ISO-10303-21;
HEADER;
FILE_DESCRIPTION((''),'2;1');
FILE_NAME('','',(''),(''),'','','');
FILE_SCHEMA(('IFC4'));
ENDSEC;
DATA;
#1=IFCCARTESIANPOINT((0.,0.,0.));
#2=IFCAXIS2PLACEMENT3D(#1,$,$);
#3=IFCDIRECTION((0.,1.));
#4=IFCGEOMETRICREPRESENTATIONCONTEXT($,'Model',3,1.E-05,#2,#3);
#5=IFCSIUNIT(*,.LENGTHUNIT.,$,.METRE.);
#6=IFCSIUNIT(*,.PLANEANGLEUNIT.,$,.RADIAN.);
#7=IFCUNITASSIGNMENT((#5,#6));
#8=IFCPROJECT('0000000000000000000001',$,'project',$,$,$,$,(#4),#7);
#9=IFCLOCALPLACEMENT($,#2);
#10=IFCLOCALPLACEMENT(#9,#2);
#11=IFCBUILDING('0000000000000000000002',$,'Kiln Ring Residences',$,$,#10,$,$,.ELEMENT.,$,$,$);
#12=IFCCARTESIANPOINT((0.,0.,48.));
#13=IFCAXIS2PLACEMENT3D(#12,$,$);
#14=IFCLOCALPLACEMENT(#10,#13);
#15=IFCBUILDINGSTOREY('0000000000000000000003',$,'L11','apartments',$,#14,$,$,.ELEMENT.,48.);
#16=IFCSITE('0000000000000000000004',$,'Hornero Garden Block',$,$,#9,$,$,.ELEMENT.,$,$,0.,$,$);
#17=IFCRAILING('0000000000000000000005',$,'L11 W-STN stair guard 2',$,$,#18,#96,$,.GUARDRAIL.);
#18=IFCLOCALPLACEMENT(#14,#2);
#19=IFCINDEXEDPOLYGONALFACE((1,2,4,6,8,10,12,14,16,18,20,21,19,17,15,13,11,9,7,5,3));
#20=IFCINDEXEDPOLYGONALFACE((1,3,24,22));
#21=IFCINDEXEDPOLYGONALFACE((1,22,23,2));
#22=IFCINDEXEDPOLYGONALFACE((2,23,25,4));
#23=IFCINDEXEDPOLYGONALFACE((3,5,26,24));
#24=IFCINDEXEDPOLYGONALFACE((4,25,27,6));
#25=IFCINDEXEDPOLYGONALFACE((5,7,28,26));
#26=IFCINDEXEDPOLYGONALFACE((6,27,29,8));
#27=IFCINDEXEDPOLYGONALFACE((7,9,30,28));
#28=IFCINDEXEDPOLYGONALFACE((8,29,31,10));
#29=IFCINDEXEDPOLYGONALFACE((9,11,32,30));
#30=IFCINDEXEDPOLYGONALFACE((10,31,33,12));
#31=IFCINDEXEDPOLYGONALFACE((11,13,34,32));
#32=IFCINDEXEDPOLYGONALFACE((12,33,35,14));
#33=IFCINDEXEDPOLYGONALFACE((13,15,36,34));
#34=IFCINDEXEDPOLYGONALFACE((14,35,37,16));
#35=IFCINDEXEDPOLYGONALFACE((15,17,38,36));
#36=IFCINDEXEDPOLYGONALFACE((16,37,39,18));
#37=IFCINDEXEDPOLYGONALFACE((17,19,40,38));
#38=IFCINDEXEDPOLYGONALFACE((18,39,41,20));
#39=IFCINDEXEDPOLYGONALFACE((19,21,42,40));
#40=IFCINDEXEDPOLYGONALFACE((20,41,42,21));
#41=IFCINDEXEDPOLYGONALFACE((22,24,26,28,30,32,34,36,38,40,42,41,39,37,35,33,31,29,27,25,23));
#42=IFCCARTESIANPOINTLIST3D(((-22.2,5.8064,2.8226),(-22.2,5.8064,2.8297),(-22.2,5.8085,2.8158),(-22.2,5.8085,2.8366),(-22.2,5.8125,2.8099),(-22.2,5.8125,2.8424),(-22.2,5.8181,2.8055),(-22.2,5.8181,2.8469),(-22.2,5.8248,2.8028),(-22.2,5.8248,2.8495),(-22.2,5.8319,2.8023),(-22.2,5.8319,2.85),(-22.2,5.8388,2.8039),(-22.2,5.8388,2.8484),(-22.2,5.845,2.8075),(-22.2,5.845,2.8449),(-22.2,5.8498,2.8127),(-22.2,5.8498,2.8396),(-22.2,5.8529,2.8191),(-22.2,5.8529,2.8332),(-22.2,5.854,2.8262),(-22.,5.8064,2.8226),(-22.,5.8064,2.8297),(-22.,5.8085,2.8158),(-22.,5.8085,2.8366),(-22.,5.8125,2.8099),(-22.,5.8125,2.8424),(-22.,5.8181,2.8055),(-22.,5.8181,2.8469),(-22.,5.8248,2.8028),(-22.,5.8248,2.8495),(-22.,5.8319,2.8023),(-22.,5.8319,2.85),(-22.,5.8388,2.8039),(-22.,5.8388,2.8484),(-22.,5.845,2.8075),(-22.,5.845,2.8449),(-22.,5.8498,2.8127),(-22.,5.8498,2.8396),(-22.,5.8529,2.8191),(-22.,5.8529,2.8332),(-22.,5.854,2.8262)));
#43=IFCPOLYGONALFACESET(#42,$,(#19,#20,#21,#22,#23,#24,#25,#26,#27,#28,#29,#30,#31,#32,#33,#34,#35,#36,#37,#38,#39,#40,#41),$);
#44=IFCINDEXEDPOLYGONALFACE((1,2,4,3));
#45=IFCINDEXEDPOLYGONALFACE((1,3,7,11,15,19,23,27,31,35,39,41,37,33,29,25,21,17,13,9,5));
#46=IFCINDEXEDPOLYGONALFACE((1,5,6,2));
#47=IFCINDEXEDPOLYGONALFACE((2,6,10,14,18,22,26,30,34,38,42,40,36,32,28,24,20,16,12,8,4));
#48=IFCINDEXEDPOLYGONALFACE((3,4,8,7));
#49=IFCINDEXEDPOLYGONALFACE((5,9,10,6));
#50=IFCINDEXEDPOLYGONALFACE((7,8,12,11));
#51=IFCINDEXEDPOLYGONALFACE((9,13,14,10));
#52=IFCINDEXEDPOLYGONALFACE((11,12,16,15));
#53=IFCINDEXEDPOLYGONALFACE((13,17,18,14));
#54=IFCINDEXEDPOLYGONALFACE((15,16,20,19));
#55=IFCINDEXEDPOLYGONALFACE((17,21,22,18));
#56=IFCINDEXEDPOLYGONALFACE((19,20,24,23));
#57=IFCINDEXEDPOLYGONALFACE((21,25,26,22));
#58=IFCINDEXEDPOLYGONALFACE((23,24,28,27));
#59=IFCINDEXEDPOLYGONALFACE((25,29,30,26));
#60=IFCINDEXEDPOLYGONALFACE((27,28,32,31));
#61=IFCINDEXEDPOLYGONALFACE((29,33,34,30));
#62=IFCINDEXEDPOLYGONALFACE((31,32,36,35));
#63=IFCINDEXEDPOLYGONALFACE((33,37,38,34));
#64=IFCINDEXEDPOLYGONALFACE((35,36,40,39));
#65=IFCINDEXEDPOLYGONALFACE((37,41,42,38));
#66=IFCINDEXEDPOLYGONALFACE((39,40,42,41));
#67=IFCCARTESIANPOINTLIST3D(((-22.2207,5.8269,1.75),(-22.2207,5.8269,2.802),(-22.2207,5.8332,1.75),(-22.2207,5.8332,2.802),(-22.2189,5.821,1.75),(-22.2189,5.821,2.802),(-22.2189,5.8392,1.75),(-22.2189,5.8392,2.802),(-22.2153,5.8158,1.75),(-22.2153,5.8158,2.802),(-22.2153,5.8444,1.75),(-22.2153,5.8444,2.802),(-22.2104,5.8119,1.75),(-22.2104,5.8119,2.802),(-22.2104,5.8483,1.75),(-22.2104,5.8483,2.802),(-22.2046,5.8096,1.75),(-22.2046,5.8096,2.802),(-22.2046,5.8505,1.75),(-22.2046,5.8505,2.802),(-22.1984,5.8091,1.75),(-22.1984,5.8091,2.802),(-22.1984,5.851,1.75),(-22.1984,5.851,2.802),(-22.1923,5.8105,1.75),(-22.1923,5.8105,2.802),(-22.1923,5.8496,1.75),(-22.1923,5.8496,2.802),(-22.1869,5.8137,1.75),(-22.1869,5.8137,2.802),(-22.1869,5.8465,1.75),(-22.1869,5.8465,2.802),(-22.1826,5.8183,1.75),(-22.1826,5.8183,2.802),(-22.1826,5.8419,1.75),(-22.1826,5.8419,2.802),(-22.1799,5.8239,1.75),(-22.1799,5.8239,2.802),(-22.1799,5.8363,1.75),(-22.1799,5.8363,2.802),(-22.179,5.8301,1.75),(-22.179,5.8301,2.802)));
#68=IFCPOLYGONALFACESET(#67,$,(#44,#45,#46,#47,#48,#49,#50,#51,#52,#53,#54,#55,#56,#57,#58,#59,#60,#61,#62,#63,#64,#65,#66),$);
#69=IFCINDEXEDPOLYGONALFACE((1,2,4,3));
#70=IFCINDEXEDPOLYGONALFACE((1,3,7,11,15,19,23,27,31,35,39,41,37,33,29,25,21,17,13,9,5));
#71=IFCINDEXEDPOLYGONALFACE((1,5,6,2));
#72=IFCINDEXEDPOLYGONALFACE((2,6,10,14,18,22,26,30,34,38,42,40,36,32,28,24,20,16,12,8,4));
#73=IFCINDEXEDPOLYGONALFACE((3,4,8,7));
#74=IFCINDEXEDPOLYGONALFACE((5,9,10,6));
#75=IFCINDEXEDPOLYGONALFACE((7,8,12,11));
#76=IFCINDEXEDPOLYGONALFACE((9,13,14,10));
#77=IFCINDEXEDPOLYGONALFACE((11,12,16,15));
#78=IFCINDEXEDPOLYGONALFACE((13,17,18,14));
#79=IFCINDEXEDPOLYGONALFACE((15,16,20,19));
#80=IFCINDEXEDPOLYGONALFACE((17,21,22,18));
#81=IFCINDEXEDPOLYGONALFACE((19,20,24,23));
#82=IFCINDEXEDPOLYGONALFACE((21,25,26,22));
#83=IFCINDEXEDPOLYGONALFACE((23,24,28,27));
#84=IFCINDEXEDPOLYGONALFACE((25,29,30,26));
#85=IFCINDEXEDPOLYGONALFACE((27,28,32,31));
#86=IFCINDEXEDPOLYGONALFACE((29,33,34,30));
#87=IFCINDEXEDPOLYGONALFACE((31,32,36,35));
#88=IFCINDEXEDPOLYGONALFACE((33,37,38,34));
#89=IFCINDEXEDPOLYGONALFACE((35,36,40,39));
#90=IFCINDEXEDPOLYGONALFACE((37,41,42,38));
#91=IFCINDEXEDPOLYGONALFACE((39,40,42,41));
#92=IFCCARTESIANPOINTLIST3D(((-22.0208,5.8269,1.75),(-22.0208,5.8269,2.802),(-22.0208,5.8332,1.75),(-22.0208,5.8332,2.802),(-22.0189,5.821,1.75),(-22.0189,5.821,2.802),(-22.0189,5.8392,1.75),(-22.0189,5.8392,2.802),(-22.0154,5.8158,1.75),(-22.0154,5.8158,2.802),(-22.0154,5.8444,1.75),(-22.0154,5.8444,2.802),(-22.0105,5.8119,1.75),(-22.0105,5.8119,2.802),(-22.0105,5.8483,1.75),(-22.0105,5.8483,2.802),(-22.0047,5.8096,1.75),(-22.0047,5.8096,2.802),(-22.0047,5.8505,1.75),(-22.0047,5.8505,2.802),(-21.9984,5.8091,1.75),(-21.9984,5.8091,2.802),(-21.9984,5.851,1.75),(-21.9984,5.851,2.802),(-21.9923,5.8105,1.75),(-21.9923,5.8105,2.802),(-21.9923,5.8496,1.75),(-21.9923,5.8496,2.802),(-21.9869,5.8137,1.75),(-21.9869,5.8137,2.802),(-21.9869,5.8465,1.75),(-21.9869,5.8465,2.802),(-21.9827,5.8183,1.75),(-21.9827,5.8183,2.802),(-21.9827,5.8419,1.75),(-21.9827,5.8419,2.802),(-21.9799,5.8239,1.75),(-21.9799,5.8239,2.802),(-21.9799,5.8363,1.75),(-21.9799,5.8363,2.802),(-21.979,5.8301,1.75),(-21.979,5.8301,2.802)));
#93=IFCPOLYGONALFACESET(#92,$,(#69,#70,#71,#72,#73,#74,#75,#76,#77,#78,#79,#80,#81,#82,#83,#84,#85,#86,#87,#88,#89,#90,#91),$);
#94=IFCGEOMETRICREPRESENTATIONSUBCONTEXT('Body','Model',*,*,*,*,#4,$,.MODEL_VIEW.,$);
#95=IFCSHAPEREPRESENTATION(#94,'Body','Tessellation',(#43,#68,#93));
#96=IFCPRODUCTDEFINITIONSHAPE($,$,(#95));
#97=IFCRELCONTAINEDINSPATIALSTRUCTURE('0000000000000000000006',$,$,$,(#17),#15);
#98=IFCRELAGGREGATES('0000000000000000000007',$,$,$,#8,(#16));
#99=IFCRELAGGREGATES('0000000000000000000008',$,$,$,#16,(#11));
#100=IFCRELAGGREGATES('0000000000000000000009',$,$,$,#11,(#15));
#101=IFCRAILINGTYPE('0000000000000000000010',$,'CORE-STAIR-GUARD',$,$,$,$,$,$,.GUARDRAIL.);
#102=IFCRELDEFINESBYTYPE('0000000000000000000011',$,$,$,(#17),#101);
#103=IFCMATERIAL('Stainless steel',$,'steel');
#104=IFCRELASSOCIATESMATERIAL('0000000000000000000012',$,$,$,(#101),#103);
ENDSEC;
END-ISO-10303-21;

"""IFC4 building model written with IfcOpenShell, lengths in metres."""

from ifc_helpers import new_model, si_unit, direction, frame, origin, origin_2d, place, context, subcontext, project, spatial, circle, extrude, material, type_object, element, save


model = new_model("IFC4")

# Units and contexts
model_context = context("Model", 3, precision=1e-05, world=origin(), true_north=direction((0.0, 1.0)))
body_context = subcontext(model_context, "Body", "Model", "MODEL_VIEW")
ifc_project = project(units=[si_unit("LENGTHUNIT", "METRE"), si_unit("PLANEANGLEUNIT", "RADIAN")], contexts=[model_context])

# Site, building, storey
site_placement = place(None, origin())
site = spatial("IfcSite", under=ifc_project, at=site_placement, Name="Hornero Garden Block", CompositionType="ELEMENT", RefElevation=0.0)
building_placement = place(site_placement, origin())
building = spatial("IfcBuilding", under=site, at=building_placement, Name="Kiln Ring Residences", CompositionType="ELEMENT")
storey_placement = place(building_placement, frame((0.0, 0.0, 48.0)))
storey = spatial("IfcBuildingStorey", under=building, at=storey_placement, Name="L11", Description="apartments", CompositionType="ELEMENT", Elevation=48.0)

# Railing
ifc_material_1 = material(Name="Stainless steel", Category="steel")
railing_type_1 = type_object("IfcRailingType", Name="CORE-STAIR-GUARD", PredefinedType="GUARDRAIL", material=ifc_material_1)
railing_1_placement = place(storey_placement, frame((-22.2, 5.8301, 1.75)))
element("IfcRailing", 1, at=railing_1_placement, inside=storey, type_object=railing_type_1, Name="L11 W-STN stair guard 2", PredefinedType="GUARDRAIL", context=body_context, shape_type="SweptSolid", body=[
    extrude(circle(Radius=0.0239, at=origin_2d()), frame((0.0, 0.0, 1.0762), z_axis=(1.0, 0.0, 0.0), x_axis=(0.0, 1.0, 0.0)), (0.0, 0.0, 1.0), 0.2),
    extrude(circle(Radius=0.021, at=origin_2d()), origin(), (0.0, 0.0, 1.0), 1.052),
    extrude(circle(Radius=0.021, at=origin_2d()), frame((0.2, 0.0, 0.0)), (0.0, 0.0, 1.0), 1.052),
])

save(model, "model.ifc")
